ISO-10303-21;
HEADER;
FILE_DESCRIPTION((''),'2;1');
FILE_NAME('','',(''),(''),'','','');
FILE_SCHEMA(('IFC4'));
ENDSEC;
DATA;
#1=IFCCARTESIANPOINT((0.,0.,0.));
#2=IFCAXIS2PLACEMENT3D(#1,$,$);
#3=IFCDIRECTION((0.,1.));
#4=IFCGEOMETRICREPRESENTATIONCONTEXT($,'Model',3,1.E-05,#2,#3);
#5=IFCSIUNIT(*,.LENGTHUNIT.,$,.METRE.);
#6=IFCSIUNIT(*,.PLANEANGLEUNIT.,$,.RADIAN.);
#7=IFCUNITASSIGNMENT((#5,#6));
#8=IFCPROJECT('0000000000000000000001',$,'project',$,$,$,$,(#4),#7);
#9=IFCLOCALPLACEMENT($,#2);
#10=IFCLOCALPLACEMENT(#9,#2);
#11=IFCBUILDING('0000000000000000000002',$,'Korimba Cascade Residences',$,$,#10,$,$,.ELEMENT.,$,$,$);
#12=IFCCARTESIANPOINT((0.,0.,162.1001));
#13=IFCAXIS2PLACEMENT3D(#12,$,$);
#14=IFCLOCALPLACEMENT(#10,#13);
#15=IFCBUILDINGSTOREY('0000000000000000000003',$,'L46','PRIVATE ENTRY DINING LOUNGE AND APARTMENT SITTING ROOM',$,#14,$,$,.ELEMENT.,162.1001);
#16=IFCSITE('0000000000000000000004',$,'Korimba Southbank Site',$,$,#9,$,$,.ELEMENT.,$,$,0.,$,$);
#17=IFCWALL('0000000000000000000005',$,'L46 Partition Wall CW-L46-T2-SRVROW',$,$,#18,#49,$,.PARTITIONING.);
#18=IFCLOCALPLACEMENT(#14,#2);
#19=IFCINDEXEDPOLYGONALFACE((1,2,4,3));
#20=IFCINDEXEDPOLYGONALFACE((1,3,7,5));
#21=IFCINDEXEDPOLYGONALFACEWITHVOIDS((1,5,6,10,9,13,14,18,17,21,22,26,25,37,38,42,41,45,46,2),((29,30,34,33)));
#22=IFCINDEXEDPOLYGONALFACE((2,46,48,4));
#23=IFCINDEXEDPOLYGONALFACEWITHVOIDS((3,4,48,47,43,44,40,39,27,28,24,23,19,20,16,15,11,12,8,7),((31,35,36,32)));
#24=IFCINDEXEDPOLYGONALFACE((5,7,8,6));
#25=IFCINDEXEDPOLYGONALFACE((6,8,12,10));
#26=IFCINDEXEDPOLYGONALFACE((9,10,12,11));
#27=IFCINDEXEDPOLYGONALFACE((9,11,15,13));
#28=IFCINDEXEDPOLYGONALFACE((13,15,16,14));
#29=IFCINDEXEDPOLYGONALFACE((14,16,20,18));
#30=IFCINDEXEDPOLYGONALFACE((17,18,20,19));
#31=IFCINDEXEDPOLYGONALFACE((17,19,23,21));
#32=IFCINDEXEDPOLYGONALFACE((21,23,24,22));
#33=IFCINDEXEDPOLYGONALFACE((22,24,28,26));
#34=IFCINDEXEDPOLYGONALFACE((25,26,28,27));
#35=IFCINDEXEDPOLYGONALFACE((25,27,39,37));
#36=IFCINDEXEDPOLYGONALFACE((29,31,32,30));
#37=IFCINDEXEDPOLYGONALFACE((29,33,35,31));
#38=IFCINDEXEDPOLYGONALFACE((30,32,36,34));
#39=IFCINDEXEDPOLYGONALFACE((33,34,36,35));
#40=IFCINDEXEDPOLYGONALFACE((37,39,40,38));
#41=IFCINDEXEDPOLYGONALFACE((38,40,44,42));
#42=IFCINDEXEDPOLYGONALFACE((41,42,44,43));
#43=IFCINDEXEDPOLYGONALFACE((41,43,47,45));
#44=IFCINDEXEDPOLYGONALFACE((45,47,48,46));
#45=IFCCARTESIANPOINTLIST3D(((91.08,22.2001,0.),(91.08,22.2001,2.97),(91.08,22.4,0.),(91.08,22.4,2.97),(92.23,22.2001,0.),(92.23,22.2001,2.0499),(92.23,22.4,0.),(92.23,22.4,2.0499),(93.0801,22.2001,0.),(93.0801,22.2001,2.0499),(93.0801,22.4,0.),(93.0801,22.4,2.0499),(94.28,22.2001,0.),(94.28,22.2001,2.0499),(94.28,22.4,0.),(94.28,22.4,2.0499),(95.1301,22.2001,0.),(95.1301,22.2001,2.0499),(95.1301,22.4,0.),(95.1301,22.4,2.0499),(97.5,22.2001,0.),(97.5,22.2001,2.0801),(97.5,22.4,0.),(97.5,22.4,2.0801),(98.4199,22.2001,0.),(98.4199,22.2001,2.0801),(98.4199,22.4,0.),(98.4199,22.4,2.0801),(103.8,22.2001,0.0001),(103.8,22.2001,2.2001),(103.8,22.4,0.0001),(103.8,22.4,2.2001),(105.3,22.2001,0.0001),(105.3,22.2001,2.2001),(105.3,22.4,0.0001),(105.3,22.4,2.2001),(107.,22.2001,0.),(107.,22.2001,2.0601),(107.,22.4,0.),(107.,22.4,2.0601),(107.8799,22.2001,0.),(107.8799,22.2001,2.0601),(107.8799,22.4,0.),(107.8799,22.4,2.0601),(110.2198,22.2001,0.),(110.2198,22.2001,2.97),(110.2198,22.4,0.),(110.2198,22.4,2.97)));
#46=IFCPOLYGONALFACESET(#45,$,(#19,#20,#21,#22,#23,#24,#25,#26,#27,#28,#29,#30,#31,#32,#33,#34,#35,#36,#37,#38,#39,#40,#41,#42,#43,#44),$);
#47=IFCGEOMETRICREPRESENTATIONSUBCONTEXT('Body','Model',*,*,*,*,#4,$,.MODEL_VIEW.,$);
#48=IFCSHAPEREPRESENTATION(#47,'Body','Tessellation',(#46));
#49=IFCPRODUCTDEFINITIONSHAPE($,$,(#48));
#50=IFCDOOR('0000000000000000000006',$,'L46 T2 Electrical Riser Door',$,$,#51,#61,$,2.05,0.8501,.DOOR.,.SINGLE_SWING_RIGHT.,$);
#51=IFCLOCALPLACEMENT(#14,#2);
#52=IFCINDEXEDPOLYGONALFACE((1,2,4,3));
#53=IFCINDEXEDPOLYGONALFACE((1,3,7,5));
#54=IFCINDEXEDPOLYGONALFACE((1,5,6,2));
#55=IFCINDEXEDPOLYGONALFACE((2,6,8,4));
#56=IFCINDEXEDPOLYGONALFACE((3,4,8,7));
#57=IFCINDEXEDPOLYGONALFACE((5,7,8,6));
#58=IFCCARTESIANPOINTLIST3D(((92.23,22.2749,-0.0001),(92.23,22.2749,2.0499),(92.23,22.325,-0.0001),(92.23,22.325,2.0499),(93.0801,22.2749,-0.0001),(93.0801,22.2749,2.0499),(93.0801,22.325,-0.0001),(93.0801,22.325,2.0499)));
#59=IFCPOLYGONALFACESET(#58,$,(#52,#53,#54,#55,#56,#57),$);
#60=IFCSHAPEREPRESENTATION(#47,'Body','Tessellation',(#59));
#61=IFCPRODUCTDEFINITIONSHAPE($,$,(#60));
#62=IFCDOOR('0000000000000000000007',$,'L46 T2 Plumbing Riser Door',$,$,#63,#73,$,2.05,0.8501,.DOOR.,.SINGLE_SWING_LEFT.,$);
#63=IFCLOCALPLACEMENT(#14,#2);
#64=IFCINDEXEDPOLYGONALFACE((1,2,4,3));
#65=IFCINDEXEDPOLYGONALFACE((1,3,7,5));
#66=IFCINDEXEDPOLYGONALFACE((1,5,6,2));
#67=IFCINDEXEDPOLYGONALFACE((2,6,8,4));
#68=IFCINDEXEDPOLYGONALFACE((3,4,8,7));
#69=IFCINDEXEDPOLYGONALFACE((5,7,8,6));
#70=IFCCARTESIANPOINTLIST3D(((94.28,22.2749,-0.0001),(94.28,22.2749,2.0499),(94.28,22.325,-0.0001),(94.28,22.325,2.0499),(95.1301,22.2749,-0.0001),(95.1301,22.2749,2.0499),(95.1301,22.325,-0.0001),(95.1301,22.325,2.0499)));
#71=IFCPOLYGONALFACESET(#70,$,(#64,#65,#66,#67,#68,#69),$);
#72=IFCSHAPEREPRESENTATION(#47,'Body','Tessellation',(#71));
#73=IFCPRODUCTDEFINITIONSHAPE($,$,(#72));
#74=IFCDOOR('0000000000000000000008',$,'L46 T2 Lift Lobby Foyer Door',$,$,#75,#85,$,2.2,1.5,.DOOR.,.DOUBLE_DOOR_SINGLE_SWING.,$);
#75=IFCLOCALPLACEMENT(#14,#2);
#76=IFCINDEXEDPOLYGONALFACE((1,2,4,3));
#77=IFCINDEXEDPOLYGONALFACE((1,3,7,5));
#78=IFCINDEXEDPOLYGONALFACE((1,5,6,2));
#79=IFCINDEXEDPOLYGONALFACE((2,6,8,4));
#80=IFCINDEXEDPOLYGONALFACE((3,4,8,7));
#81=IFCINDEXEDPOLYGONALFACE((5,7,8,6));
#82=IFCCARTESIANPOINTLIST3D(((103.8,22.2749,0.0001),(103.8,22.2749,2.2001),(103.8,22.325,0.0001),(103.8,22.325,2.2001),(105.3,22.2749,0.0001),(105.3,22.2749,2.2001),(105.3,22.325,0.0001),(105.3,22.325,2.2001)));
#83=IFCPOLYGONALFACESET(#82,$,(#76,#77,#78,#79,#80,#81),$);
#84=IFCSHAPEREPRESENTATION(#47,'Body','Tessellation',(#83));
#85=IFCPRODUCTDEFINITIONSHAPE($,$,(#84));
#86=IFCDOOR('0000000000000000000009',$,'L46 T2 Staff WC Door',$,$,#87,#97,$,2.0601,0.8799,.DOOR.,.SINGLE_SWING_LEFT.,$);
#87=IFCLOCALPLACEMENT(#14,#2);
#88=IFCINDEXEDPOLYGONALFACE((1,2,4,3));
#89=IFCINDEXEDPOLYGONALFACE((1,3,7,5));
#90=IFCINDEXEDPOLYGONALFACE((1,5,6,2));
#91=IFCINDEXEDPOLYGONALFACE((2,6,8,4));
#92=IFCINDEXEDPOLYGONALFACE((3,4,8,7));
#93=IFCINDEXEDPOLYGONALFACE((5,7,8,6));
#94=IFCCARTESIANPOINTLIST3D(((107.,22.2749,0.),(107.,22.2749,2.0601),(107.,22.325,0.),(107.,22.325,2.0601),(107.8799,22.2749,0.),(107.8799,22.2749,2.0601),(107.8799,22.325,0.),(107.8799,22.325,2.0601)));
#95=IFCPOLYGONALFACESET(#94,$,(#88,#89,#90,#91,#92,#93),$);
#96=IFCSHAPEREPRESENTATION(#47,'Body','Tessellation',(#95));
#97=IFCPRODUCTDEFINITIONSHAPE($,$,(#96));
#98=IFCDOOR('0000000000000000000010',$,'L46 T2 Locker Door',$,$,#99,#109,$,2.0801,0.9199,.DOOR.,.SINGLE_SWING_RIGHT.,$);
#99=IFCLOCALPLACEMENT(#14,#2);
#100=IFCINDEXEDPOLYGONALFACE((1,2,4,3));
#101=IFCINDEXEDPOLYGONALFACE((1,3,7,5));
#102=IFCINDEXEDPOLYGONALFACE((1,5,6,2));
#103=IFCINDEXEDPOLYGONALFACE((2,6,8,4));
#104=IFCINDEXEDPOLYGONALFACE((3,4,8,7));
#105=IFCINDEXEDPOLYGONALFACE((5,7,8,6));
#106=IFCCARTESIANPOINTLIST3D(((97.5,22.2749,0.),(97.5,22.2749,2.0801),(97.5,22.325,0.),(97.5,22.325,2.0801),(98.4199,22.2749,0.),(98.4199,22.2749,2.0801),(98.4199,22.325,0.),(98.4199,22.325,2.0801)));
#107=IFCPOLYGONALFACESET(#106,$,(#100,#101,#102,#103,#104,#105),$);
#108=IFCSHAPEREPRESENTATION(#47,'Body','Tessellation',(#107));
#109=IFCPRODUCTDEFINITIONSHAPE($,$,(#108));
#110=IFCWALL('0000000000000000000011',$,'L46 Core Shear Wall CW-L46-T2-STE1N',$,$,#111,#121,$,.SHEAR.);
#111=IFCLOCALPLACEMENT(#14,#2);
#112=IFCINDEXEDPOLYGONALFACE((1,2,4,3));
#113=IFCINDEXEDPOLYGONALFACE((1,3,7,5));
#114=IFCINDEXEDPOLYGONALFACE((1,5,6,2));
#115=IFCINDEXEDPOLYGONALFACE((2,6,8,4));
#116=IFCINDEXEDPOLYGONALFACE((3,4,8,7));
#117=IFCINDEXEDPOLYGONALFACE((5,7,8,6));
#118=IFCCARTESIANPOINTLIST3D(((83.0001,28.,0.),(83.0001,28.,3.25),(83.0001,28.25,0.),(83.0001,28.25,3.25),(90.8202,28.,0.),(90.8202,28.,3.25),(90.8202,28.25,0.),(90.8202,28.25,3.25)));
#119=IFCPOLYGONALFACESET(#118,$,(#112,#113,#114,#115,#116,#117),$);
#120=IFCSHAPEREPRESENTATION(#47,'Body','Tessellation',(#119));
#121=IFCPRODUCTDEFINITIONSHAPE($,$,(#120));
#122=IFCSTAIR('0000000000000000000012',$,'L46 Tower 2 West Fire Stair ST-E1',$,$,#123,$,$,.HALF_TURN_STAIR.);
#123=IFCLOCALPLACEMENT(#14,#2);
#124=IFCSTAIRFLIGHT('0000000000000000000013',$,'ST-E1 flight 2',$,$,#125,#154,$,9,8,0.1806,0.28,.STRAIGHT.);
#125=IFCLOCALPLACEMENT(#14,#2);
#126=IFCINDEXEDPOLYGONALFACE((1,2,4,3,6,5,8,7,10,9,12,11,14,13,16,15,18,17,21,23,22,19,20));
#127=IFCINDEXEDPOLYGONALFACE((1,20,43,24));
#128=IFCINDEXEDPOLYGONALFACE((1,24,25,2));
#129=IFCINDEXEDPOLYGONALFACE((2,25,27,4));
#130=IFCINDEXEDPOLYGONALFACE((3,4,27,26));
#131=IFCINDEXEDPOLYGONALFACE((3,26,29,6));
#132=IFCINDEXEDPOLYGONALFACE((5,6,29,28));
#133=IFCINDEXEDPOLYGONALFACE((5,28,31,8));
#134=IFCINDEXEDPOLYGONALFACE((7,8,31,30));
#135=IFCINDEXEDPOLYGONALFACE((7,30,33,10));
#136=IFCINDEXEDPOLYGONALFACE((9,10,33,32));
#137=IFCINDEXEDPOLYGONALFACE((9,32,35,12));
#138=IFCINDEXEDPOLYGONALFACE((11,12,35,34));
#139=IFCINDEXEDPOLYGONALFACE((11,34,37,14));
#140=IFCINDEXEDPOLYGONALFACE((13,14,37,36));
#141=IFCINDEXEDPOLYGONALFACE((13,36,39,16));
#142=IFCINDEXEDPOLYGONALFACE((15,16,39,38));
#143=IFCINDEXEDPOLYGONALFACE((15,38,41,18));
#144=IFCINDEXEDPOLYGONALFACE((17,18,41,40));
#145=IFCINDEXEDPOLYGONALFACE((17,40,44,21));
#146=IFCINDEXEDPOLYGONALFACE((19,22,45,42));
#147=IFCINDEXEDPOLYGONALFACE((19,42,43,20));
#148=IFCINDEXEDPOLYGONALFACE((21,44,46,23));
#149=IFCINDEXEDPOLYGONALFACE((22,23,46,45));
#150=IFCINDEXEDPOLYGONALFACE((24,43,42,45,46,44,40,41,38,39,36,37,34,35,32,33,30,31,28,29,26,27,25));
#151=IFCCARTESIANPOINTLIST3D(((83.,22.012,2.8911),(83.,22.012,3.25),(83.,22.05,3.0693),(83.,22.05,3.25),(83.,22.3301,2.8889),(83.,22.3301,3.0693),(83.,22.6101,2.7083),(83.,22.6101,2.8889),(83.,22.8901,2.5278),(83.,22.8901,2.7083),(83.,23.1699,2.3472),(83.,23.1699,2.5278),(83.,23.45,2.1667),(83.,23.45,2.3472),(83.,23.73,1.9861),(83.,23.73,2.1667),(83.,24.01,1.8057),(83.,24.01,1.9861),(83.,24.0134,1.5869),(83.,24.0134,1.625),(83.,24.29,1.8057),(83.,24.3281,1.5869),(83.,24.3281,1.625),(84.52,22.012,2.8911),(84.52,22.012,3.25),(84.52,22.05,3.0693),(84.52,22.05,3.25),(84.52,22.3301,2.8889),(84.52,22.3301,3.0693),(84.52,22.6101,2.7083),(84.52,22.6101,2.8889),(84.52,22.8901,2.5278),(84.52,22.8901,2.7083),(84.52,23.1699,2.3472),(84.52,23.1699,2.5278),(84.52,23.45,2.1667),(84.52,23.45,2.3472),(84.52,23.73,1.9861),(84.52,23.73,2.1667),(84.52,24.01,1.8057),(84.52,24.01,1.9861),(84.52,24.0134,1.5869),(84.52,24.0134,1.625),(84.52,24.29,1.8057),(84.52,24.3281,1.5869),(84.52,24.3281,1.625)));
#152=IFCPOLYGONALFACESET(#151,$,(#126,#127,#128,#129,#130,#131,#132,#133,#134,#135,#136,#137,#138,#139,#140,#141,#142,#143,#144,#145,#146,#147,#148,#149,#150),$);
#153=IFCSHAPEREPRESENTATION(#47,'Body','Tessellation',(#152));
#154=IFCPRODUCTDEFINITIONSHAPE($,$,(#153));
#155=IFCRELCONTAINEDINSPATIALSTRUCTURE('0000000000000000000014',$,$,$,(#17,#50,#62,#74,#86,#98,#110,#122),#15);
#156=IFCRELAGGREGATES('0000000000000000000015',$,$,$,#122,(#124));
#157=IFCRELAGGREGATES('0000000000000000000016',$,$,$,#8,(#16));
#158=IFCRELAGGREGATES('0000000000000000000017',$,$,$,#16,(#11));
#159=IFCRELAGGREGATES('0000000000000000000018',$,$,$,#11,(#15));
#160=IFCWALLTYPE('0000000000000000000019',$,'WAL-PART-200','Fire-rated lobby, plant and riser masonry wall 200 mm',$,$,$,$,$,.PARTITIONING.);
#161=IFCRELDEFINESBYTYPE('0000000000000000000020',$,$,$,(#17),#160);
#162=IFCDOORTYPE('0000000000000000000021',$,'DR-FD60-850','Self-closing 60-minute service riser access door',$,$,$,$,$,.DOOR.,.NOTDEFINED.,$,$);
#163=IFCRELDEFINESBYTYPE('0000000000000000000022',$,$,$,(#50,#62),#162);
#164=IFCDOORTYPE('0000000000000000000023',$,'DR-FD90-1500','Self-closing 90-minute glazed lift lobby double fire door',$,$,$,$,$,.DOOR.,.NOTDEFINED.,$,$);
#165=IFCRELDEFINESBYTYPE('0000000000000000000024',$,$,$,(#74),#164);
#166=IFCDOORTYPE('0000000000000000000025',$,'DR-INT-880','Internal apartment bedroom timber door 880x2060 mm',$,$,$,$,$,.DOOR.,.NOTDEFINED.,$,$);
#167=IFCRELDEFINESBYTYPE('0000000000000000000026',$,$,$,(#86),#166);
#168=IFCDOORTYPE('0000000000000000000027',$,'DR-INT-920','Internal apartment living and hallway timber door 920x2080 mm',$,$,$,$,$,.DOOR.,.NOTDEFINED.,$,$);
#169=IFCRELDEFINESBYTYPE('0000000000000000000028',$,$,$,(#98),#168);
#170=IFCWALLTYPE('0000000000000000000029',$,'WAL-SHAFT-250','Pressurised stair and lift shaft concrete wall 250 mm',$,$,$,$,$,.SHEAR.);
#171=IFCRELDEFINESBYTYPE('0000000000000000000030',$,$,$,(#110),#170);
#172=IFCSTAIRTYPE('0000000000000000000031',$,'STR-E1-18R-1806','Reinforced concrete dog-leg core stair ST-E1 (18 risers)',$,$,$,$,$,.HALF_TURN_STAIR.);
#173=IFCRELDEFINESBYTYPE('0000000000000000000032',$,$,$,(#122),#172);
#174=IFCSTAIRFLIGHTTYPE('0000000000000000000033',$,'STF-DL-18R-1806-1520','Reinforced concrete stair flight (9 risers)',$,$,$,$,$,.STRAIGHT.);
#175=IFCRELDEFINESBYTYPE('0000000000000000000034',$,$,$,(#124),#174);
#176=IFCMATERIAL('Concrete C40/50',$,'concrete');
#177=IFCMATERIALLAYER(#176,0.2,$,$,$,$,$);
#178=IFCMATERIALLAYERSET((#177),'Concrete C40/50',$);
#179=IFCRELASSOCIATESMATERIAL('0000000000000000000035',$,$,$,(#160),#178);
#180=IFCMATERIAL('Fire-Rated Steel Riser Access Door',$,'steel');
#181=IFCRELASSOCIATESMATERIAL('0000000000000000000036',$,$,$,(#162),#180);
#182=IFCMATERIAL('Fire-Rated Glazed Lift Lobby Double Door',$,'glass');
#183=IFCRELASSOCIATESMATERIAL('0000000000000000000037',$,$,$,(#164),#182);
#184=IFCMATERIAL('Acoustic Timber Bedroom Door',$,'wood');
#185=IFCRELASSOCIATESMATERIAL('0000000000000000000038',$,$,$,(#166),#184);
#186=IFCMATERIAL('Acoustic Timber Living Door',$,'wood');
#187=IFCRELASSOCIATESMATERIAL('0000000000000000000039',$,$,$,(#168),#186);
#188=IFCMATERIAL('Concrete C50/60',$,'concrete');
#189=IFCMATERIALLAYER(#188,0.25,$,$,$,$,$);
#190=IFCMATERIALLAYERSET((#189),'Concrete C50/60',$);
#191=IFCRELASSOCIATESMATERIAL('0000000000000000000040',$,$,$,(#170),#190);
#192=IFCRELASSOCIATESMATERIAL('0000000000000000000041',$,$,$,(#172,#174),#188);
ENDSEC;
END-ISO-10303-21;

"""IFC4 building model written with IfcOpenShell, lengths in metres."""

from ifc_helpers import new_model, si_unit, direction, frame, frame_2d, origin, place, context, subcontext, project, spatial, polyline, rectangle, outline, extrude, material, layer, layer_set, type_object, element, fill, aggregate, save


model = new_model("IFC4")

# Units and contexts
model_context = context("Model", 3, precision=1e-05, world=origin(), true_north=direction((0.0, 1.0)))
body_context = subcontext(model_context, "Body", "Model", "MODEL_VIEW")
ifc_project = project(units=[si_unit("LENGTHUNIT", "METRE"), si_unit("PLANEANGLEUNIT", "RADIAN")], contexts=[model_context])

# Site, building, storey
site_placement = place(None, origin())
site = spatial("IfcSite", under=ifc_project, at=site_placement, Name="Korimba Southbank Site", CompositionType="ELEMENT", RefElevation=0.0)
building_placement = place(site_placement, origin())
building = spatial("IfcBuilding", under=site, at=building_placement, Name="Korimba Cascade Residences", CompositionType="ELEMENT")
storey_placement = place(building_placement, frame((0.0, 0.0, 162.1001)))
storey = spatial("IfcBuildingStorey", under=building, at=storey_placement, Name="L46", Description="PRIVATE ENTRY DINING LOUNGE AND APARTMENT SITTING ROOM", CompositionType="ELEMENT", Elevation=162.1001)

# Shared definitions
ifc_material_1 = material(Name="Concrete C50/60", Category="concrete")

# Shared definitions
ifc_material_2 = material(Name="Concrete C40/50", Category="concrete")
ifc_layer_1 = layer(ifc_material_2, 0.2)
ifc_layer_set_1 = layer_set([ifc_layer_1], Name="Concrete C40/50")
wall_type_1 = type_object("IfcWallType", Name="WAL-PART-200", Description="Fire-rated lobby, plant and riser masonry wall 200 mm", PredefinedType="PARTITIONING", material=ifc_layer_set_1)

# Wall, openings, doors
wall_1_placement = place(storey_placement, frame((91.0801, 22.3, 0.0), z_axis=(0.0, 0.0, 1.0), x_axis=(1.0, 0.0, 0.0)))
wall_1 = element("IfcWall", 1, at=wall_1_placement, inside=storey, type_object=wall_type_1, Name="L46 Partition Wall CW-L46-T2-SRVROW", PredefinedType="PARTITIONING", context=body_context, shape_type="SweptSolid", body=[
    extrude(rectangle(XDim=19.1399, YDim=0.2, at=frame_2d((9.5698, 0.0))), origin(), (0.0, 0.0, 1.0), 2.97),
])
opening_1_placement = place(wall_1_placement, frame((1.1499, 0.0, 0.0)))
opening_1 = element("IfcOpeningElement", 2, at=opening_1_placement, cuts=wall_1, PredefinedType="OPENING", context=body_context, shape_type="SweptSolid", body=[
    extrude(rectangle(XDim=0.8501, YDim=2.05, at=frame_2d((0.425, 1.0249))), frame((0.0, 0.1099, 0.0), z_axis=(0.0, -1.0, 0.0), x_axis=(1.0, 0.0, 0.0)), (0.0, 0.0, 1.0), 0.22),
])
opening_2_placement = place(wall_1_placement, frame((3.2, 0.0, 0.0)))
opening_2 = element("IfcOpeningElement", 3, at=opening_2_placement, cuts=wall_1, PredefinedType="OPENING", context=body_context, shape_type="SweptSolid", body=[
    extrude(rectangle(XDim=0.8501, YDim=2.05, at=frame_2d((0.425, 1.0249))), frame((0.0, 0.1099, 0.0), z_axis=(0.0, -1.0, 0.0), x_axis=(1.0, 0.0, 0.0)), (0.0, 0.0, 1.0), 0.22),
])
opening_3_placement = place(wall_1_placement, frame((12.72, 0.0, 0.0)))
opening_3 = element("IfcOpeningElement", 4, at=opening_3_placement, cuts=wall_1, PredefinedType="OPENING", context=body_context, shape_type="SweptSolid", body=[
    extrude(rectangle(XDim=1.5, YDim=2.2, at=frame_2d((0.75, 1.1001))), frame((0.0, 0.1099, 0.0), z_axis=(0.0, -1.0, 0.0), x_axis=(1.0, 0.0, 0.0)), (0.0, 0.0, 1.0), 0.22),
])
opening_4_placement = place(wall_1_placement, frame((6.4199, 0.0, 0.0)))
opening_4 = element("IfcOpeningElement", 5, at=opening_4_placement, cuts=wall_1, PredefinedType="OPENING", context=body_context, shape_type="SweptSolid", body=[
    extrude(rectangle(XDim=0.9199, YDim=2.0801, at=frame_2d((0.46, 1.04))), frame((0.0, 0.1099, 0.0), z_axis=(0.0, -1.0, 0.0), x_axis=(1.0, 0.0, 0.0)), (0.0, 0.0, 1.0), 0.22),
])
opening_5_placement = place(wall_1_placement, frame((15.9199, 0.0, 0.0)))
opening_5 = element("IfcOpeningElement", 6, at=opening_5_placement, cuts=wall_1, PredefinedType="OPENING", context=body_context, shape_type="SweptSolid", body=[
    extrude(rectangle(XDim=0.8799, YDim=2.0601, at=frame_2d((0.4399, 1.03))), frame((0.0, 0.1099, 0.0), z_axis=(0.0, -1.0, 0.0), x_axis=(1.0, 0.0, 0.0)), (0.0, 0.0, 1.0), 0.22),
])
ifc_material_3 = material(Name="Fire-Rated Steel Riser Access Door", Category="steel")
door_type_1 = type_object("IfcDoorType", Name="DR-FD60-850", Description="Self-closing 60-minute service riser access door", OperationType="NOTDEFINED", PredefinedType="DOOR", material=ifc_material_3)
door_1_placement = place(opening_1_placement, origin())
door_1 = element("IfcDoor", 7, at=door_1_placement, inside=storey, type_object=door_type_1, Name="L46 T2 Electrical Riser Door", OperationType="SINGLE_SWING_RIGHT", OverallHeight=2.05, OverallWidth=0.8501, PredefinedType="DOOR", context=body_context, shape_type="SweptSolid", body=[
    extrude(rectangle(XDim=0.8501, YDim=2.05, at=frame_2d((0.425, 1.0249))), frame((0.0, 0.0249, 0.0), z_axis=(0.0, -1.0, 0.0), x_axis=(1.0, 0.0, 0.0)), (0.0, 0.0, 1.0), 0.05),
])
fill(opening_1, door_1)
door_2_placement = place(opening_2_placement, origin())
door_2 = element("IfcDoor", 8, at=door_2_placement, inside=storey, type_object=door_type_1, Name="L46 T2 Plumbing Riser Door", OperationType="SINGLE_SWING_LEFT", OverallHeight=2.05, OverallWidth=0.8501, PredefinedType="DOOR", context=body_context, shape_type="SweptSolid", body=[
    extrude(rectangle(XDim=0.8501, YDim=2.05, at=frame_2d((0.425, 1.0249))), frame((0.0, 0.0249, 0.0), z_axis=(0.0, -1.0, 0.0), x_axis=(1.0, 0.0, 0.0)), (0.0, 0.0, 1.0), 0.05),
])
fill(opening_2, door_2)
ifc_material_4 = material(Name="Fire-Rated Glazed Lift Lobby Double Door", Category="glass")
door_type_2 = type_object("IfcDoorType", Name="DR-FD90-1500", Description="Self-closing 90-minute glazed lift lobby double fire door", OperationType="NOTDEFINED", PredefinedType="DOOR", material=ifc_material_4)
door_3_placement = place(opening_3_placement, origin())
door_3 = element("IfcDoor", 9, at=door_3_placement, inside=storey, type_object=door_type_2, Name="L46 T2 Lift Lobby Foyer Door", OperationType="DOUBLE_DOOR_SINGLE_SWING", OverallHeight=2.2, OverallWidth=1.5, PredefinedType="DOOR", context=body_context, shape_type="SweptSolid", body=[
    extrude(rectangle(XDim=1.5, YDim=2.2, at=frame_2d((0.75, 1.1001))), frame((0.0, 0.0249, 0.0), z_axis=(0.0, -1.0, 0.0), x_axis=(1.0, 0.0, 0.0)), (0.0, 0.0, 1.0), 0.05),
])
fill(opening_3, door_3)
ifc_material_5 = material(Name="Acoustic Timber Bedroom Door", Category="wood")
door_type_3 = type_object("IfcDoorType", Name="DR-INT-880", Description="Internal apartment bedroom timber door 880x2060 mm", OperationType="NOTDEFINED", PredefinedType="DOOR", material=ifc_material_5)
door_4_placement = place(opening_5_placement, origin())
door_4 = element("IfcDoor", 10, at=door_4_placement, inside=storey, type_object=door_type_3, Name="L46 T2 Staff WC Door", OperationType="SINGLE_SWING_LEFT", OverallHeight=2.0601, OverallWidth=0.8799, PredefinedType="DOOR", context=body_context, shape_type="SweptSolid", body=[
    extrude(rectangle(XDim=0.8799, YDim=2.0601, at=frame_2d((0.4399, 1.03))), frame((0.0, 0.0249, 0.0), z_axis=(0.0, -1.0, 0.0), x_axis=(1.0, 0.0, 0.0)), (0.0, 0.0, 1.0), 0.05),
])
fill(opening_5, door_4)
ifc_material_6 = material(Name="Acoustic Timber Living Door", Category="wood")
door_type_4 = type_object("IfcDoorType", Name="DR-INT-920", Description="Internal apartment living and hallway timber door 920x2080 mm", OperationType="NOTDEFINED", PredefinedType="DOOR", material=ifc_material_6)
door_5_placement = place(opening_4_placement, origin())
door_5 = element("IfcDoor", 11, at=door_5_placement, inside=storey, type_object=door_type_4, Name="L46 T2 Locker Door", OperationType="SINGLE_SWING_RIGHT", OverallHeight=2.0801, OverallWidth=0.9199, PredefinedType="DOOR", context=body_context, shape_type="SweptSolid", body=[
    extrude(rectangle(XDim=0.9199, YDim=2.0801, at=frame_2d((0.46, 1.04))), frame((0.0, 0.0249, 0.0), z_axis=(0.0, -1.0, 0.0), x_axis=(1.0, 0.0, 0.0)), (0.0, 0.0, 1.0), 0.05),
])
fill(opening_4, door_5)

# Wall
ifc_layer_2 = layer(ifc_material_1, 0.25)
ifc_layer_set_2 = layer_set([ifc_layer_2], Name="Concrete C50/60")
wall_type_2 = type_object("IfcWallType", Name="WAL-SHAFT-250", Description="Pressurised stair and lift shaft concrete wall 250 mm", PredefinedType="SHEAR", material=ifc_layer_set_2)
wall_2_placement = place(storey_placement, frame((83.0, 28.125, 0.0), z_axis=(0.0, 0.0, 1.0), x_axis=(1.0, 0.0, 0.0)))
element("IfcWall", 12, at=wall_2_placement, inside=storey, type_object=wall_type_2, Name="L46 Core Shear Wall CW-L46-T2-STE1N", PredefinedType="SHEAR", context=body_context, shape_type="SweptSolid", body=[
    extrude(rectangle(XDim=7.8201, YDim=0.25, at=frame_2d((3.9102, 0.0))), origin(), (0.0, 0.0, 1.0), 3.25),
])

# Stair, stair flight
stair_type = type_object("IfcStairType", Name="STR-E1-18R-1806", Description="Reinforced concrete dog-leg core stair ST-E1 (18 risers)", PredefinedType="HALF_TURN_STAIR", material=ifc_material_1)
stair_placement = place(storey_placement, origin())
stair = element("IfcStair", 13, at=stair_placement, inside=storey, type_object=stair_type, Name="L46 Tower 2 West Fire Stair ST-E1", PredefinedType="HALF_TURN_STAIR")
stair_flight_type = type_object("IfcStairFlightType", Name="STF-DL-18R-1806-1520", Description="Reinforced concrete stair flight (9 risers)", PredefinedType="STRAIGHT", material=ifc_material_1)
stair_flight_placement = place(storey_placement, frame((83.76, 24.29, 1.625), z_axis=(0.0, 0.0, 1.0), x_axis=(0.0, -1.0, 0.0)))
stair_flight = element("IfcStairFlight", 14, at=stair_flight_placement, type_object=stair_flight_type, Name="ST-E1 flight 2", NumberOfRisers=9, NumberOfTreads=8, PredefinedType="STRAIGHT", RiserHeight=0.1806, TreadLength=0.28, context=body_context, shape_type="SweptSolid", body=[
    extrude(outline(polyline([(-0.0381, 0.0), (0.0, 0.1807), (0.28, 0.1807), (0.28, 0.3611), (0.5601, 0.3611), (0.5601, 0.5417), (0.8401, 0.5417), (0.8401, 0.7222), (1.1201, 0.7222), (1.1201, 0.9028), (1.3999, 0.9028), (1.3999, 1.0833), (1.6799, 1.0833), (1.6799, 1.2639), (1.96, 1.2639), (1.96, 1.4443), (2.24, 1.4443), (2.24, 1.625), (2.2781, 1.625), (2.2781, 1.2661), (0.2766, 0.0), (0.2766, -0.0381), (-0.0381, -0.0381), (-0.0381, 0.0)])), frame((0.0, 0.76, 0.0), z_axis=(0.0, -1.0, 0.0), x_axis=(1.0, 0.0, 0.0)), (0.0, 0.0, 1.0), 1.52),
])
aggregate(stair, [stair_flight])

save(model, "model.ifc")
